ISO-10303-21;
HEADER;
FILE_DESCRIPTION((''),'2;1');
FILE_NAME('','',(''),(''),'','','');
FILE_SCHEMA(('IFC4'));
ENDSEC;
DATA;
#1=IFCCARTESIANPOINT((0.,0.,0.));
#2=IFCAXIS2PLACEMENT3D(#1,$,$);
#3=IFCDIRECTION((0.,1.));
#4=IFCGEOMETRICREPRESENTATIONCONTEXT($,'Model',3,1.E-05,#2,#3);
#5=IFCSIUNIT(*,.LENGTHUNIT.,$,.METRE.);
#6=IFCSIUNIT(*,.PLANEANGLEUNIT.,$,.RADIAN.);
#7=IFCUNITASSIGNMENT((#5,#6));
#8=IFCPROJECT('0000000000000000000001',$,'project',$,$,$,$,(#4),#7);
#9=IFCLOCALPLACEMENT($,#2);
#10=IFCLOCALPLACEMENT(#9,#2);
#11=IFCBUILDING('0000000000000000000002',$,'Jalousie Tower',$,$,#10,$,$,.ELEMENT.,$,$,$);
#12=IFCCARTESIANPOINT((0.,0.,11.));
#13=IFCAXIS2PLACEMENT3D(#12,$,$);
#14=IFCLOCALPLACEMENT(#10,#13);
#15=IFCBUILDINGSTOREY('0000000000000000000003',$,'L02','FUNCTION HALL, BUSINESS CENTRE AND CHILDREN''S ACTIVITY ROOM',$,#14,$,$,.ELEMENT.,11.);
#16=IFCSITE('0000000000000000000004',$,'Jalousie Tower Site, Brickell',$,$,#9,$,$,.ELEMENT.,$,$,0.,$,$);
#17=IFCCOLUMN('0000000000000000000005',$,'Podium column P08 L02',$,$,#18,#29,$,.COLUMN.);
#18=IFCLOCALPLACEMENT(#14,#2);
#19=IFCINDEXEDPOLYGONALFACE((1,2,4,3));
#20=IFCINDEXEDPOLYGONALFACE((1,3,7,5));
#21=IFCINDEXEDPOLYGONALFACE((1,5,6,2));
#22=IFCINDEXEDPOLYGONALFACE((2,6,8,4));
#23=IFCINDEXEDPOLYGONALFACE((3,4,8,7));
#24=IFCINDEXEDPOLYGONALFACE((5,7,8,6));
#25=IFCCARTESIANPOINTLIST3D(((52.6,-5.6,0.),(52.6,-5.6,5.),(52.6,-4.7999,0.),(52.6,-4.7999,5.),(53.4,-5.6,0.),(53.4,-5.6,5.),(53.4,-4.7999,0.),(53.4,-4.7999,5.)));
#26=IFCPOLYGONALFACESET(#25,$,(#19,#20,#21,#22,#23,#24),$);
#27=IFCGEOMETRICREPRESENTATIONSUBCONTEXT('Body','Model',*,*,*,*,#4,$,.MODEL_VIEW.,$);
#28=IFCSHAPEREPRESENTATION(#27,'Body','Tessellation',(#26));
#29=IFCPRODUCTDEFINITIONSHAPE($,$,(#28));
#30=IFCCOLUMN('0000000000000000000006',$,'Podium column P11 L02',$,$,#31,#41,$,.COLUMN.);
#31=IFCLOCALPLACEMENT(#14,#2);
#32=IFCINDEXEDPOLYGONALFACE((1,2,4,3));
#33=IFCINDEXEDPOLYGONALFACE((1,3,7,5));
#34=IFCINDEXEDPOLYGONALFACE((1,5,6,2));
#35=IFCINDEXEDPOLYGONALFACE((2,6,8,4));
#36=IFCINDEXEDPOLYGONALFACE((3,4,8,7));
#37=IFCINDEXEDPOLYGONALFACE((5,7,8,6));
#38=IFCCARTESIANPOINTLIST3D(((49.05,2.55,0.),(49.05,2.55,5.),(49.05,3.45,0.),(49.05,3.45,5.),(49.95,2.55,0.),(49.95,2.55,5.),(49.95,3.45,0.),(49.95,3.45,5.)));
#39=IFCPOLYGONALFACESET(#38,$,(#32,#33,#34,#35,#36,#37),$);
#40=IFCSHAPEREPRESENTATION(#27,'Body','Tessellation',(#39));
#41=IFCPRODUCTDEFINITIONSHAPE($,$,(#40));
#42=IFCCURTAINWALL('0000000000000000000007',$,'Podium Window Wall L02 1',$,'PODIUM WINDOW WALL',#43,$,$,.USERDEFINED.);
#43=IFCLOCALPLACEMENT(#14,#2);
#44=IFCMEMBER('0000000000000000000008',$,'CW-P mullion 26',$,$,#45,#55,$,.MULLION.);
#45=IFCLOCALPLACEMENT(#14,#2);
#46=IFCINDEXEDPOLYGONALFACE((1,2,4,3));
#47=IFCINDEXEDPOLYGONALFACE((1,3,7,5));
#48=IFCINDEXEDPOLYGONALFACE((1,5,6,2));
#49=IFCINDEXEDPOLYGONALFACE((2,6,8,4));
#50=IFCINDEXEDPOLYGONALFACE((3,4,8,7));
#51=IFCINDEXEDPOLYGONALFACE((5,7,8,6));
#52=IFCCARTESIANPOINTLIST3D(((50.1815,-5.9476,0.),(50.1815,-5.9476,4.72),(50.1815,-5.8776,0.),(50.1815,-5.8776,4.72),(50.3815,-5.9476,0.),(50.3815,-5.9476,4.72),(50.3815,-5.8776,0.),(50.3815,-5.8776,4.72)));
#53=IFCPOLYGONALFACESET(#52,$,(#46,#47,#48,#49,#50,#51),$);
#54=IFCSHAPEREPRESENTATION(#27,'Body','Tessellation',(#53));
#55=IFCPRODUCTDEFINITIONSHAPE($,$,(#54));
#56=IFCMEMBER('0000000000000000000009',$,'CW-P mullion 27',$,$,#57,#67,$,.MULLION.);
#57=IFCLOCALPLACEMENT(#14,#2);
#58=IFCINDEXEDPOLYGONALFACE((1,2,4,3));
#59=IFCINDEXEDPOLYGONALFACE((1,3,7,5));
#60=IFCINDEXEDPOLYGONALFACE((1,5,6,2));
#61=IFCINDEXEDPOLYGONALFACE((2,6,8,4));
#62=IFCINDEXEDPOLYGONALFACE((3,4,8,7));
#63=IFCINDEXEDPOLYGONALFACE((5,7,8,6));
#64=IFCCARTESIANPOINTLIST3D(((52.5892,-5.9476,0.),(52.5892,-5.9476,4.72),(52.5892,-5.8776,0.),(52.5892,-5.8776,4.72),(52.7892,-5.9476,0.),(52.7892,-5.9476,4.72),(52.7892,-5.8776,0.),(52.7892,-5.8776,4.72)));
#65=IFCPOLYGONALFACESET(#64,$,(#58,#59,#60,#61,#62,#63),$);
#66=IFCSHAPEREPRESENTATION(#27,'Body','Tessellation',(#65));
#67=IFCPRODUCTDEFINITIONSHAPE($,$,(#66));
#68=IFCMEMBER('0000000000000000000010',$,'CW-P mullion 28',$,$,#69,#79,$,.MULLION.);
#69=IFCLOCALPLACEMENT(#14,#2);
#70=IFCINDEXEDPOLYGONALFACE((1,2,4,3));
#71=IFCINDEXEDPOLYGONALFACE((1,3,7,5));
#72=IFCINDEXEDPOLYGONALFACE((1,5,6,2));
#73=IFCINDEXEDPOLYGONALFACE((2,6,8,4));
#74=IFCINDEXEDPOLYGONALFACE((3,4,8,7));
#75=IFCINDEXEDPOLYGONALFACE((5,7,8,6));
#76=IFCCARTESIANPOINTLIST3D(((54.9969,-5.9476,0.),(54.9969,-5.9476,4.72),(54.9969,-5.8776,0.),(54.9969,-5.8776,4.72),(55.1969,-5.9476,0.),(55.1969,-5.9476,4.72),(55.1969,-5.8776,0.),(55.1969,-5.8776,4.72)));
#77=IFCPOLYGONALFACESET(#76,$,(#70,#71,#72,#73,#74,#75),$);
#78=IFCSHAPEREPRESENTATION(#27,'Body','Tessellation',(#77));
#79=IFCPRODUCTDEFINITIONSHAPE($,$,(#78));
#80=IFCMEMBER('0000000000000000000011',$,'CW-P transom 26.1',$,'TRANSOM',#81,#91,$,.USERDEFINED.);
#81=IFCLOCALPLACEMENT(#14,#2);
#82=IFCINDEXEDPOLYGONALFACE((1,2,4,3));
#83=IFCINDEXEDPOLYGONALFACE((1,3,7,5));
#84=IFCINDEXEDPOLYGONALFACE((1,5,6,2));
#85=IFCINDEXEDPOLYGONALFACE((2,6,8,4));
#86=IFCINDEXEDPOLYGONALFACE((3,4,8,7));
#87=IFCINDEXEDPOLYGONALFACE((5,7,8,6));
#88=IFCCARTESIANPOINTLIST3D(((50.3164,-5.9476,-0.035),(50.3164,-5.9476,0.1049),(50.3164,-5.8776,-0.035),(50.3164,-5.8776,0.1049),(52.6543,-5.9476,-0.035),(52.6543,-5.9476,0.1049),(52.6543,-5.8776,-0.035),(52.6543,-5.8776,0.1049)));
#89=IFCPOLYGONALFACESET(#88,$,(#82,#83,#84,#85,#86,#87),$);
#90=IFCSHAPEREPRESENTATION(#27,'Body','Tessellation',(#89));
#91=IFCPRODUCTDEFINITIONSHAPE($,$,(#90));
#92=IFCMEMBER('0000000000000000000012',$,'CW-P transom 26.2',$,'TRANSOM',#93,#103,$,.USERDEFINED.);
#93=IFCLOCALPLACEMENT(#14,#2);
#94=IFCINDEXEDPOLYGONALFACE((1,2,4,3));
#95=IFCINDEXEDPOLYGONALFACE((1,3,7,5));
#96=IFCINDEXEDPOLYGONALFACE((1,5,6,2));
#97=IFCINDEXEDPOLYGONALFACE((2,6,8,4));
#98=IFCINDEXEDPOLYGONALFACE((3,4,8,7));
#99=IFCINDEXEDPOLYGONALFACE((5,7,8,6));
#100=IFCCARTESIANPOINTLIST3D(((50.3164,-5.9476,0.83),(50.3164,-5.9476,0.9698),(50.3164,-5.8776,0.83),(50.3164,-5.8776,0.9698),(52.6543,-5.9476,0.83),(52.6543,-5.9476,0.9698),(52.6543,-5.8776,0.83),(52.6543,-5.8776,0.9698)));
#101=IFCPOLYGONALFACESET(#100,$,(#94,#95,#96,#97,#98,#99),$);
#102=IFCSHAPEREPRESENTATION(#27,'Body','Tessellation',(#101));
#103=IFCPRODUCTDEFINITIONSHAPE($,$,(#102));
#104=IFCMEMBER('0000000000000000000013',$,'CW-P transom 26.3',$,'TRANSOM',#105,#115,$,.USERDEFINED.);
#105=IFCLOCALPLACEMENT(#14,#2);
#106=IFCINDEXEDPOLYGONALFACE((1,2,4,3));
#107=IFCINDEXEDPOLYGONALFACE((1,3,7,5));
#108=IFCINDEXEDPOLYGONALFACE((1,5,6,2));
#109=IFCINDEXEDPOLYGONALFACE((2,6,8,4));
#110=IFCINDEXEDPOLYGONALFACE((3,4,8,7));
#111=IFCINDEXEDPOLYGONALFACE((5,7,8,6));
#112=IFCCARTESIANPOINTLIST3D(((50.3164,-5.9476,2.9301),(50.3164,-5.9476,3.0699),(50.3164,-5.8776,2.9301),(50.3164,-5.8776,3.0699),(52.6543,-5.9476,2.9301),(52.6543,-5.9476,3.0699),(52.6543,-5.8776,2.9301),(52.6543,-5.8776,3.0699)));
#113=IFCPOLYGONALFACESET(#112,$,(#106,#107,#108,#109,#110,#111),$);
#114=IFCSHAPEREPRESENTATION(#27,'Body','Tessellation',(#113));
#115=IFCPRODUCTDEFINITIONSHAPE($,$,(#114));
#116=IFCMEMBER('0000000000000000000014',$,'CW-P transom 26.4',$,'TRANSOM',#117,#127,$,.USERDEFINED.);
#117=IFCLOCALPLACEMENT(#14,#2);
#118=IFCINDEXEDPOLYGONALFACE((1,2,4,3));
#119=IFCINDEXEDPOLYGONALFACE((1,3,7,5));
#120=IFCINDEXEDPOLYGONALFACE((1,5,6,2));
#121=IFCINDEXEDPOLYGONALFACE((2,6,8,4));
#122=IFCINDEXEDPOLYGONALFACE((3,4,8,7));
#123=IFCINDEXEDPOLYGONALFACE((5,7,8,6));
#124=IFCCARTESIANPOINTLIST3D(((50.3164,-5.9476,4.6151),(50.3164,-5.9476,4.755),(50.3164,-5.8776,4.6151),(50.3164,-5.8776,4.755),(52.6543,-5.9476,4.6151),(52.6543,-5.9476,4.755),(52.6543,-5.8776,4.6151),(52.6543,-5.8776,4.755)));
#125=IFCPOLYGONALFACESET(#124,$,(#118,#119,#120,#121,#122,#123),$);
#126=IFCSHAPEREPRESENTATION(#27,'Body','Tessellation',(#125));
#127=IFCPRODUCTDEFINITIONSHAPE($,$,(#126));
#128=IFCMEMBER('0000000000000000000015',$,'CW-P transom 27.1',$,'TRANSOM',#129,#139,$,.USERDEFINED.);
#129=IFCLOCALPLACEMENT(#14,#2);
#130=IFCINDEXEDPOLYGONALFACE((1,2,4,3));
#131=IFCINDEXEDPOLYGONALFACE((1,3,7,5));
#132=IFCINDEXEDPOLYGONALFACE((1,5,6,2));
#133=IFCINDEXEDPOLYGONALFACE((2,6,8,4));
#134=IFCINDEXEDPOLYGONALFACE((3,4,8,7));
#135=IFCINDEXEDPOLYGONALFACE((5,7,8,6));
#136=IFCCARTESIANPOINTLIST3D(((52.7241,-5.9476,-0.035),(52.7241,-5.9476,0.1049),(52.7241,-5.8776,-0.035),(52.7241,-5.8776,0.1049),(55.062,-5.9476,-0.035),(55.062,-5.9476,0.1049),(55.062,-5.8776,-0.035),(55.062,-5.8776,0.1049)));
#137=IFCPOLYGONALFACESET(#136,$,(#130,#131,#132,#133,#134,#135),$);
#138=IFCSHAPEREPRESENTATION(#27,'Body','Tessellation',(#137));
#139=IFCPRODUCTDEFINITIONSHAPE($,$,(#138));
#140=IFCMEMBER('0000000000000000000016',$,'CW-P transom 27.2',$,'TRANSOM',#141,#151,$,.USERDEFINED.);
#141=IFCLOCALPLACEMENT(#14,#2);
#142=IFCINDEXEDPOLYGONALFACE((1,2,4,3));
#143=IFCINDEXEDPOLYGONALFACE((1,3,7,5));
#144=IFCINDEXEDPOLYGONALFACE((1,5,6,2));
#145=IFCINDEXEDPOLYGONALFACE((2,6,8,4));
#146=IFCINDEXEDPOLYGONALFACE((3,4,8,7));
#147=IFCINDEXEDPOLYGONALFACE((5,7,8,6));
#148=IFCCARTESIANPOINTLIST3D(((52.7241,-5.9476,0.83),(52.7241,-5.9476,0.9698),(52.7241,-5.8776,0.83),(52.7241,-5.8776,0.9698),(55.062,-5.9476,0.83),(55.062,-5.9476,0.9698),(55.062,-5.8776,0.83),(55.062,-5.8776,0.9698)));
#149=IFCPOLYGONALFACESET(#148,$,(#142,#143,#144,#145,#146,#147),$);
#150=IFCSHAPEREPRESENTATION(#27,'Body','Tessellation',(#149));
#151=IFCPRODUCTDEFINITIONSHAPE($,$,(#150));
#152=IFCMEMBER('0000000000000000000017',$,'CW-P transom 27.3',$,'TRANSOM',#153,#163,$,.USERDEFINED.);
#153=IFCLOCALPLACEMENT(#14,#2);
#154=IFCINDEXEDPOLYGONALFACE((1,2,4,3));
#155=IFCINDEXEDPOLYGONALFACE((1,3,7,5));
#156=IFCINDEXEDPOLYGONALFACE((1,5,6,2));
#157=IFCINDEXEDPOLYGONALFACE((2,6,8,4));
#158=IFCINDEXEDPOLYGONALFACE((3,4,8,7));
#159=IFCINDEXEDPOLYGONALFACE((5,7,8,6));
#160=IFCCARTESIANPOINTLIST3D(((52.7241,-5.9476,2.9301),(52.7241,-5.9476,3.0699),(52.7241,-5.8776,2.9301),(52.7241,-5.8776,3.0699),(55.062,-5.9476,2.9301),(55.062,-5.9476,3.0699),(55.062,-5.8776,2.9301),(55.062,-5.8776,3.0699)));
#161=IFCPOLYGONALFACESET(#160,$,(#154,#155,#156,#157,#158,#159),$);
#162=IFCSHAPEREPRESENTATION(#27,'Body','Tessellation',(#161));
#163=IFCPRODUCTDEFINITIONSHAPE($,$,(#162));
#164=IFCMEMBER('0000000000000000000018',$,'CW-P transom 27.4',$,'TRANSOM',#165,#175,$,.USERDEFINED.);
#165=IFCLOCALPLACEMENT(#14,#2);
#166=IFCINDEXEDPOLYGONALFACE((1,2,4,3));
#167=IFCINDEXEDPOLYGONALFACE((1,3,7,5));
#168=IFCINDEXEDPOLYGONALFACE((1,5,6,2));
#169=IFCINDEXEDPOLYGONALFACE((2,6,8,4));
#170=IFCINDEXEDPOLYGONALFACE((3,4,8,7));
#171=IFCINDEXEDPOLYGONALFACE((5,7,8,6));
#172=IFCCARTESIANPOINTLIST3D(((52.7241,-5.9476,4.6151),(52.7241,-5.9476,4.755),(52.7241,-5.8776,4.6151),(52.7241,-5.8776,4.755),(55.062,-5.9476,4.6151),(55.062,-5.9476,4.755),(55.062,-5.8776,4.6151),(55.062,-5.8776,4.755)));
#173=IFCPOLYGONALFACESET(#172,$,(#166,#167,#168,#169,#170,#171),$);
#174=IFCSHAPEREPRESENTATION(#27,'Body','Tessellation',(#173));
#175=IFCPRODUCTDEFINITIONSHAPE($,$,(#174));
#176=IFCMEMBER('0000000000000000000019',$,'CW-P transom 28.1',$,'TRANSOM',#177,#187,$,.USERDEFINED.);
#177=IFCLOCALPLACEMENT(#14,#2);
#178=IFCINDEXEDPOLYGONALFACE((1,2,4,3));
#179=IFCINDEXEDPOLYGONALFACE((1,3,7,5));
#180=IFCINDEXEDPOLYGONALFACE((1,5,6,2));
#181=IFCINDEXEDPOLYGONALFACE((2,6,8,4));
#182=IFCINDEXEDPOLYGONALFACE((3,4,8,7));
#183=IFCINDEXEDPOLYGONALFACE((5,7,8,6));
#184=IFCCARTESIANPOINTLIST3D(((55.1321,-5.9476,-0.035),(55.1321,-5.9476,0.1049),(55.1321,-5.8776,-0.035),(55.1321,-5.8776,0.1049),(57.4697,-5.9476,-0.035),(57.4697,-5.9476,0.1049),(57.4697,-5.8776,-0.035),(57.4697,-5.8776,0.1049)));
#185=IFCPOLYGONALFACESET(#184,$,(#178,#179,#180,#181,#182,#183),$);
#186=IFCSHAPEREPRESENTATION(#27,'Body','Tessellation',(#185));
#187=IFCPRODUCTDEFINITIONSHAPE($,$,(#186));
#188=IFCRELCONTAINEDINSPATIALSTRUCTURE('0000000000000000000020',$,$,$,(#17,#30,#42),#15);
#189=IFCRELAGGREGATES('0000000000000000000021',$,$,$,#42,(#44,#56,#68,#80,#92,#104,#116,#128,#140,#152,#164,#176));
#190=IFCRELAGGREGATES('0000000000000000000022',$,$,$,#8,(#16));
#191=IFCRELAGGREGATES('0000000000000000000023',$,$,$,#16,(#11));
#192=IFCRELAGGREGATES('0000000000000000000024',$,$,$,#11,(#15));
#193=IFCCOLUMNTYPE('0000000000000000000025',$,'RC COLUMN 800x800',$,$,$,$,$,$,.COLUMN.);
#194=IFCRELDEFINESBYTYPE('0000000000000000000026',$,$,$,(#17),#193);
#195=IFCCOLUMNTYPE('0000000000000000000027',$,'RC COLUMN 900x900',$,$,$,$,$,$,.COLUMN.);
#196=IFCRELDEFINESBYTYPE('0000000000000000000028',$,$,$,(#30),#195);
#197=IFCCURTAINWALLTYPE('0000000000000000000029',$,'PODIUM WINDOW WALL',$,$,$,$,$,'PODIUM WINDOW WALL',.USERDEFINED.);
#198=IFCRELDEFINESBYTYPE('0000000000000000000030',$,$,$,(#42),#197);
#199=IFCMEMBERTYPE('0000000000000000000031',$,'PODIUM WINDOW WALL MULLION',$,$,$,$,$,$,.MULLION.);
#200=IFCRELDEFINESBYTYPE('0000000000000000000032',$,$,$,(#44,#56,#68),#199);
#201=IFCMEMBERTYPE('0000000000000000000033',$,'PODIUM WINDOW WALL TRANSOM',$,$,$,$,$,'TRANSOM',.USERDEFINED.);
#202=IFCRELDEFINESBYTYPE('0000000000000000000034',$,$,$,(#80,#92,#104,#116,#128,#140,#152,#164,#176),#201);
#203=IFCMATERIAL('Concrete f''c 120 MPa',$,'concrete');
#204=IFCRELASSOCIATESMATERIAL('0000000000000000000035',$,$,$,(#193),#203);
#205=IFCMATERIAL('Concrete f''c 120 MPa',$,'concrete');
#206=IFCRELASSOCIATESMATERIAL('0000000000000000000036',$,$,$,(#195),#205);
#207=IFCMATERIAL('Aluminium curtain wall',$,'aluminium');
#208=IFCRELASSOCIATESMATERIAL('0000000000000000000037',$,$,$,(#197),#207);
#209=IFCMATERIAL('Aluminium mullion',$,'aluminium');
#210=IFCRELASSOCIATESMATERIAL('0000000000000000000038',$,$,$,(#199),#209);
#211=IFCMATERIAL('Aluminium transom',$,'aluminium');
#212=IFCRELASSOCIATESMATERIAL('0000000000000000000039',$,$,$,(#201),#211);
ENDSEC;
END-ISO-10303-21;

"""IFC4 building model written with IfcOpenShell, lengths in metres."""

from ifc_helpers import new_model, si_unit, direction, frame, origin, origin_2d, place, context, subcontext, project, spatial, rectangle, extrude, material, material_profile, profile_set, type_object, element, aggregate, save


model = new_model("IFC4")

# Units and contexts
model_context = context("Model", 3, precision=1e-05, world=origin(), true_north=direction((0.0, 1.0)))
body_context = subcontext(model_context, "Body", "Model", "MODEL_VIEW")
ifc_project = project(units=[si_unit("LENGTHUNIT", "METRE"), si_unit("PLANEANGLEUNIT", "RADIAN")], contexts=[model_context])

# Site, building, storey
site_placement = place(None, origin())
site = spatial("IfcSite", under=ifc_project, at=site_placement, Name="Jalousie Tower Site, Brickell", CompositionType="ELEMENT", RefElevation=0.0)
building_placement = place(site_placement, origin())
building = spatial("IfcBuilding", under=site, at=building_placement, Name="Jalousie Tower", CompositionType="ELEMENT")
storey_placement = place(building_placement, frame((0.0, 0.0, 11.0)))
storey = spatial("IfcBuildingStorey", under=building, at=storey_placement, Name="L02", Description="FUNCTION HALL, BUSINESS CENTRE AND CHILDREN'S ACTIVITY ROOM", CompositionType="ELEMENT", Elevation=11.0)

# Columns
ifc_material_1 = material(Name="Concrete f'c 120 MPa", Category="concrete")
ifc_material_profile_1 = material_profile(ifc_material_1, rectangle(XDim=0.8, YDim=0.8, at=origin_2d()), Name="RC 800x800")
ifc_profile_set_1 = profile_set([ifc_material_profile_1], Name="Concrete f'c 120 MPa")
column_type_1 = type_object("IfcColumnType", Name="RC COLUMN 800x800", PredefinedType="COLUMN", material=ifc_profile_set_1)
column_1_placement = place(storey_placement, frame((53.0, -5.2, 0.0), z_axis=(0.0, 0.0, 1.0), x_axis=(1.0, 0.0, 0.0)))
element("IfcColumn", 1, at=column_1_placement, inside=storey, type_object=column_type_1, Name="Podium column P08 L02", PredefinedType="COLUMN", context=body_context, shape_type="SweptSolid", body=[
    extrude(rectangle(XDim=0.8, YDim=0.8, at=origin_2d()), origin(), (0.0, 0.0, 1.0), 5.0),
])
ifc_material_2 = material(Name="Concrete f'c 120 MPa", Category="concrete")
ifc_material_profile_2 = material_profile(ifc_material_2, rectangle(XDim=0.8999, YDim=0.8999, at=origin_2d()), Name="RC 900x900")
ifc_profile_set_2 = profile_set([ifc_material_profile_2], Name="Concrete f'c 120 MPa")
column_type_2 = type_object("IfcColumnType", Name="RC COLUMN 900x900", PredefinedType="COLUMN", material=ifc_profile_set_2)
column_2_placement = place(storey_placement, frame((49.5, 3.0, 0.0), z_axis=(0.0, 0.0, 1.0), x_axis=(1.0, 0.0, 0.0)))
element("IfcColumn", 2, at=column_2_placement, inside=storey, type_object=column_type_2, Name="Podium column P11 L02", PredefinedType="COLUMN", context=body_context, shape_type="SweptSolid", body=[
    extrude(rectangle(XDim=0.8999, YDim=0.8999, at=origin_2d()), origin(), (0.0, 0.0, 1.0), 5.0),
])

# Curtain wall, members
ifc_material_3 = material(Name="Aluminium curtain wall", Category="aluminium")
curtain_wall_type = type_object("IfcCurtainWallType", Name="PODIUM WINDOW WALL", ElementType="PODIUM WINDOW WALL", PredefinedType="USERDEFINED", material=ifc_material_3)
curtain_wall_placement = place(storey_placement, origin())
curtain_wall = element("IfcCurtainWall", 3, at=curtain_wall_placement, inside=storey, type_object=curtain_wall_type, Name="Podium Window Wall L02 1", ObjectType="PODIUM WINDOW WALL", PredefinedType="USERDEFINED")
ifc_material_4 = material(Name="Aluminium mullion", Category="aluminium")
ifc_material_profile_3 = material_profile(ifc_material_4, rectangle(XDim=0.0701, YDim=0.2, at=origin_2d()), Name="MULLION 70x200")
ifc_profile_set_3 = profile_set([ifc_material_profile_3], Name="Aluminium mullion")
member_type_1 = type_object("IfcMemberType", Name="PODIUM WINDOW WALL MULLION", PredefinedType="MULLION", material=ifc_profile_set_3)
member_1_placement = place(storey_placement, frame((50.2815, -5.9126, 0.0), z_axis=(0.0, 0.0, 1.0), x_axis=(0.0, 1.0, 0.0)))
member_1 = element("IfcMember", 4, at=member_1_placement, type_object=member_type_1, Name="CW-P mullion 26", PredefinedType="MULLION", context=body_context, shape_type="SweptSolid", body=[
    extrude(rectangle(XDim=0.0701, YDim=0.2, at=origin_2d()), origin(), (0.0, 0.0, 1.0), 4.72),
])
member_2_placement = place(storey_placement, frame((52.6892, -5.9126, 0.0), z_axis=(0.0, 0.0, 1.0), x_axis=(0.0, 1.0, 0.0)))
member_2 = element("IfcMember", 5, at=member_2_placement, type_object=member_type_1, Name="CW-P mullion 27", PredefinedType="MULLION", context=body_context, shape_type="SweptSolid", body=[
    extrude(rectangle(XDim=0.0701, YDim=0.2, at=origin_2d()), origin(), (0.0, 0.0, 1.0), 4.72),
])
member_3_placement = place(storey_placement, frame((55.0969, -5.9126, 0.0), z_axis=(0.0, 0.0, 1.0), x_axis=(0.0, 1.0, 0.0)))
member_3 = element("IfcMember", 6, at=member_3_placement, type_object=member_type_1, Name="CW-P mullion 28", PredefinedType="MULLION", context=body_context, shape_type="SweptSolid", body=[
    extrude(rectangle(XDim=0.0701, YDim=0.2, at=origin_2d()), origin(), (0.0, 0.0, 1.0), 4.72),
])
ifc_material_5 = material(Name="Aluminium transom", Category="aluminium")
ifc_material_profile_4 = material_profile(ifc_material_5, rectangle(XDim=0.0701, YDim=0.1399, at=origin_2d()), Name="TRANSOM 70x140")
ifc_profile_set_4 = profile_set([ifc_material_profile_4], Name="Aluminium transom")
member_type_2 = type_object("IfcMemberType", Name="PODIUM WINDOW WALL TRANSOM", ElementType="TRANSOM", PredefinedType="USERDEFINED", material=ifc_profile_set_4)
member_4_placement = place(storey_placement, frame((50.3164, -5.9126, 0.0349), z_axis=(1.0, 0.0, 0.0), x_axis=(0.0, 1.0, 0.0)))
member_4 = element("IfcMember", 7, at=member_4_placement, type_object=member_type_2, Name="CW-P transom 26.1", ObjectType="TRANSOM", PredefinedType="USERDEFINED", context=body_context, shape_type="SweptSolid", body=[
    extrude(rectangle(XDim=0.0701, YDim=0.1399, at=origin_2d()), origin(), (0.0, 0.0, 1.0), 2.3379),
])
member_5_placement = place(storey_placement, frame((50.3164, -5.9126, 0.8999), z_axis=(1.0, 0.0, 0.0), x_axis=(0.0, 1.0, 0.0)))
member_5 = element("IfcMember", 8, at=member_5_placement, type_object=member_type_2, Name="CW-P transom 26.2", ObjectType="TRANSOM", PredefinedType="USERDEFINED", context=body_context, shape_type="SweptSolid", body=[
    extrude(rectangle(XDim=0.0701, YDim=0.1399, at=origin_2d()), origin(), (0.0, 0.0, 1.0), 2.3379),
])
member_6_placement = place(storey_placement, frame((50.3164, -5.9126, 3.0), z_axis=(1.0, 0.0, 0.0), x_axis=(0.0, 1.0, 0.0)))
member_6 = element("IfcMember", 9, at=member_6_placement, type_object=member_type_2, Name="CW-P transom 26.3", ObjectType="TRANSOM", PredefinedType="USERDEFINED", context=body_context, shape_type="SweptSolid", body=[
    extrude(rectangle(XDim=0.0701, YDim=0.1399, at=origin_2d()), origin(), (0.0, 0.0, 1.0), 2.3379),
])
member_7_placement = place(storey_placement, frame((50.3164, -5.9126, 4.6851), z_axis=(1.0, 0.0, 0.0), x_axis=(0.0, 1.0, 0.0)))
member_7 = element("IfcMember", 10, at=member_7_placement, type_object=member_type_2, Name="CW-P transom 26.4", ObjectType="TRANSOM", PredefinedType="USERDEFINED", context=body_context, shape_type="SweptSolid", body=[
    extrude(rectangle(XDim=0.0701, YDim=0.1399, at=origin_2d()), origin(), (0.0, 0.0, 1.0), 2.3379),
])
member_8_placement = place(storey_placement, frame((52.7241, -5.9126, 0.0349), z_axis=(1.0, 0.0, 0.0), x_axis=(0.0, 1.0, 0.0)))
member_8 = element("IfcMember", 11, at=member_8_placement, type_object=member_type_2, Name="CW-P transom 27.1", ObjectType="TRANSOM", PredefinedType="USERDEFINED", context=body_context, shape_type="SweptSolid", body=[
    extrude(rectangle(XDim=0.0701, YDim=0.1399, at=origin_2d()), origin(), (0.0, 0.0, 1.0), 2.3379),
])
member_9_placement = place(storey_placement, frame((52.7241, -5.9126, 0.8999), z_axis=(1.0, 0.0, 0.0), x_axis=(0.0, 1.0, 0.0)))
member_9 = element("IfcMember", 12, at=member_9_placement, type_object=member_type_2, Name="CW-P transom 27.2", ObjectType="TRANSOM", PredefinedType="USERDEFINED", context=body_context, shape_type="SweptSolid", body=[
    extrude(rectangle(XDim=0.0701, YDim=0.1399, at=origin_2d()), origin(), (0.0, 0.0, 1.0), 2.3379),
])
member_10_placement = place(storey_placement, frame((52.7241, -5.9126, 3.0), z_axis=(1.0, 0.0, 0.0), x_axis=(0.0, 1.0, 0.0)))
member_10 = element("IfcMember", 13, at=member_10_placement, type_object=member_type_2, Name="CW-P transom 27.3", ObjectType="TRANSOM", PredefinedType="USERDEFINED", context=body_context, shape_type="SweptSolid", body=[
    extrude(rectangle(XDim=0.0701, YDim=0.1399, at=origin_2d()), origin(), (0.0, 0.0, 1.0), 2.3379),
])
member_11_placement = place(storey_placement, frame((52.7241, -5.9126, 4.6851), z_axis=(1.0, 0.0, 0.0), x_axis=(0.0, 1.0, 0.0)))
member_11 = element("IfcMember", 14, at=member_11_placement, type_object=member_type_2, Name="CW-P transom 27.4", ObjectType="TRANSOM", PredefinedType="USERDEFINED", context=body_context, shape_type="SweptSolid", body=[
    extrude(rectangle(XDim=0.0701, YDim=0.1399, at=origin_2d()), origin(), (0.0, 0.0, 1.0), 2.3379),
])
member_12_placement = place(storey_placement, frame((55.1321, -5.9126, 0.0349), z_axis=(1.0, 0.0, 0.0), x_axis=(0.0, 1.0, 0.0)))
member_12 = element("IfcMember", 15, at=member_12_placement, type_object=member_type_2, Name="CW-P transom 28.1", ObjectType="TRANSOM", PredefinedType="USERDEFINED", context=body_context, shape_type="SweptSolid", body=[
    extrude(rectangle(XDim=0.0701, YDim=0.1399, at=origin_2d()), origin(), (0.0, 0.0, 1.0), 2.3376),
])

aggregate(curtain_wall, [member_1, member_2, member_3, member_4, member_5, member_6, member_7, member_8, member_9, member_10, member_11, member_12])

save(model, "model.ifc")
